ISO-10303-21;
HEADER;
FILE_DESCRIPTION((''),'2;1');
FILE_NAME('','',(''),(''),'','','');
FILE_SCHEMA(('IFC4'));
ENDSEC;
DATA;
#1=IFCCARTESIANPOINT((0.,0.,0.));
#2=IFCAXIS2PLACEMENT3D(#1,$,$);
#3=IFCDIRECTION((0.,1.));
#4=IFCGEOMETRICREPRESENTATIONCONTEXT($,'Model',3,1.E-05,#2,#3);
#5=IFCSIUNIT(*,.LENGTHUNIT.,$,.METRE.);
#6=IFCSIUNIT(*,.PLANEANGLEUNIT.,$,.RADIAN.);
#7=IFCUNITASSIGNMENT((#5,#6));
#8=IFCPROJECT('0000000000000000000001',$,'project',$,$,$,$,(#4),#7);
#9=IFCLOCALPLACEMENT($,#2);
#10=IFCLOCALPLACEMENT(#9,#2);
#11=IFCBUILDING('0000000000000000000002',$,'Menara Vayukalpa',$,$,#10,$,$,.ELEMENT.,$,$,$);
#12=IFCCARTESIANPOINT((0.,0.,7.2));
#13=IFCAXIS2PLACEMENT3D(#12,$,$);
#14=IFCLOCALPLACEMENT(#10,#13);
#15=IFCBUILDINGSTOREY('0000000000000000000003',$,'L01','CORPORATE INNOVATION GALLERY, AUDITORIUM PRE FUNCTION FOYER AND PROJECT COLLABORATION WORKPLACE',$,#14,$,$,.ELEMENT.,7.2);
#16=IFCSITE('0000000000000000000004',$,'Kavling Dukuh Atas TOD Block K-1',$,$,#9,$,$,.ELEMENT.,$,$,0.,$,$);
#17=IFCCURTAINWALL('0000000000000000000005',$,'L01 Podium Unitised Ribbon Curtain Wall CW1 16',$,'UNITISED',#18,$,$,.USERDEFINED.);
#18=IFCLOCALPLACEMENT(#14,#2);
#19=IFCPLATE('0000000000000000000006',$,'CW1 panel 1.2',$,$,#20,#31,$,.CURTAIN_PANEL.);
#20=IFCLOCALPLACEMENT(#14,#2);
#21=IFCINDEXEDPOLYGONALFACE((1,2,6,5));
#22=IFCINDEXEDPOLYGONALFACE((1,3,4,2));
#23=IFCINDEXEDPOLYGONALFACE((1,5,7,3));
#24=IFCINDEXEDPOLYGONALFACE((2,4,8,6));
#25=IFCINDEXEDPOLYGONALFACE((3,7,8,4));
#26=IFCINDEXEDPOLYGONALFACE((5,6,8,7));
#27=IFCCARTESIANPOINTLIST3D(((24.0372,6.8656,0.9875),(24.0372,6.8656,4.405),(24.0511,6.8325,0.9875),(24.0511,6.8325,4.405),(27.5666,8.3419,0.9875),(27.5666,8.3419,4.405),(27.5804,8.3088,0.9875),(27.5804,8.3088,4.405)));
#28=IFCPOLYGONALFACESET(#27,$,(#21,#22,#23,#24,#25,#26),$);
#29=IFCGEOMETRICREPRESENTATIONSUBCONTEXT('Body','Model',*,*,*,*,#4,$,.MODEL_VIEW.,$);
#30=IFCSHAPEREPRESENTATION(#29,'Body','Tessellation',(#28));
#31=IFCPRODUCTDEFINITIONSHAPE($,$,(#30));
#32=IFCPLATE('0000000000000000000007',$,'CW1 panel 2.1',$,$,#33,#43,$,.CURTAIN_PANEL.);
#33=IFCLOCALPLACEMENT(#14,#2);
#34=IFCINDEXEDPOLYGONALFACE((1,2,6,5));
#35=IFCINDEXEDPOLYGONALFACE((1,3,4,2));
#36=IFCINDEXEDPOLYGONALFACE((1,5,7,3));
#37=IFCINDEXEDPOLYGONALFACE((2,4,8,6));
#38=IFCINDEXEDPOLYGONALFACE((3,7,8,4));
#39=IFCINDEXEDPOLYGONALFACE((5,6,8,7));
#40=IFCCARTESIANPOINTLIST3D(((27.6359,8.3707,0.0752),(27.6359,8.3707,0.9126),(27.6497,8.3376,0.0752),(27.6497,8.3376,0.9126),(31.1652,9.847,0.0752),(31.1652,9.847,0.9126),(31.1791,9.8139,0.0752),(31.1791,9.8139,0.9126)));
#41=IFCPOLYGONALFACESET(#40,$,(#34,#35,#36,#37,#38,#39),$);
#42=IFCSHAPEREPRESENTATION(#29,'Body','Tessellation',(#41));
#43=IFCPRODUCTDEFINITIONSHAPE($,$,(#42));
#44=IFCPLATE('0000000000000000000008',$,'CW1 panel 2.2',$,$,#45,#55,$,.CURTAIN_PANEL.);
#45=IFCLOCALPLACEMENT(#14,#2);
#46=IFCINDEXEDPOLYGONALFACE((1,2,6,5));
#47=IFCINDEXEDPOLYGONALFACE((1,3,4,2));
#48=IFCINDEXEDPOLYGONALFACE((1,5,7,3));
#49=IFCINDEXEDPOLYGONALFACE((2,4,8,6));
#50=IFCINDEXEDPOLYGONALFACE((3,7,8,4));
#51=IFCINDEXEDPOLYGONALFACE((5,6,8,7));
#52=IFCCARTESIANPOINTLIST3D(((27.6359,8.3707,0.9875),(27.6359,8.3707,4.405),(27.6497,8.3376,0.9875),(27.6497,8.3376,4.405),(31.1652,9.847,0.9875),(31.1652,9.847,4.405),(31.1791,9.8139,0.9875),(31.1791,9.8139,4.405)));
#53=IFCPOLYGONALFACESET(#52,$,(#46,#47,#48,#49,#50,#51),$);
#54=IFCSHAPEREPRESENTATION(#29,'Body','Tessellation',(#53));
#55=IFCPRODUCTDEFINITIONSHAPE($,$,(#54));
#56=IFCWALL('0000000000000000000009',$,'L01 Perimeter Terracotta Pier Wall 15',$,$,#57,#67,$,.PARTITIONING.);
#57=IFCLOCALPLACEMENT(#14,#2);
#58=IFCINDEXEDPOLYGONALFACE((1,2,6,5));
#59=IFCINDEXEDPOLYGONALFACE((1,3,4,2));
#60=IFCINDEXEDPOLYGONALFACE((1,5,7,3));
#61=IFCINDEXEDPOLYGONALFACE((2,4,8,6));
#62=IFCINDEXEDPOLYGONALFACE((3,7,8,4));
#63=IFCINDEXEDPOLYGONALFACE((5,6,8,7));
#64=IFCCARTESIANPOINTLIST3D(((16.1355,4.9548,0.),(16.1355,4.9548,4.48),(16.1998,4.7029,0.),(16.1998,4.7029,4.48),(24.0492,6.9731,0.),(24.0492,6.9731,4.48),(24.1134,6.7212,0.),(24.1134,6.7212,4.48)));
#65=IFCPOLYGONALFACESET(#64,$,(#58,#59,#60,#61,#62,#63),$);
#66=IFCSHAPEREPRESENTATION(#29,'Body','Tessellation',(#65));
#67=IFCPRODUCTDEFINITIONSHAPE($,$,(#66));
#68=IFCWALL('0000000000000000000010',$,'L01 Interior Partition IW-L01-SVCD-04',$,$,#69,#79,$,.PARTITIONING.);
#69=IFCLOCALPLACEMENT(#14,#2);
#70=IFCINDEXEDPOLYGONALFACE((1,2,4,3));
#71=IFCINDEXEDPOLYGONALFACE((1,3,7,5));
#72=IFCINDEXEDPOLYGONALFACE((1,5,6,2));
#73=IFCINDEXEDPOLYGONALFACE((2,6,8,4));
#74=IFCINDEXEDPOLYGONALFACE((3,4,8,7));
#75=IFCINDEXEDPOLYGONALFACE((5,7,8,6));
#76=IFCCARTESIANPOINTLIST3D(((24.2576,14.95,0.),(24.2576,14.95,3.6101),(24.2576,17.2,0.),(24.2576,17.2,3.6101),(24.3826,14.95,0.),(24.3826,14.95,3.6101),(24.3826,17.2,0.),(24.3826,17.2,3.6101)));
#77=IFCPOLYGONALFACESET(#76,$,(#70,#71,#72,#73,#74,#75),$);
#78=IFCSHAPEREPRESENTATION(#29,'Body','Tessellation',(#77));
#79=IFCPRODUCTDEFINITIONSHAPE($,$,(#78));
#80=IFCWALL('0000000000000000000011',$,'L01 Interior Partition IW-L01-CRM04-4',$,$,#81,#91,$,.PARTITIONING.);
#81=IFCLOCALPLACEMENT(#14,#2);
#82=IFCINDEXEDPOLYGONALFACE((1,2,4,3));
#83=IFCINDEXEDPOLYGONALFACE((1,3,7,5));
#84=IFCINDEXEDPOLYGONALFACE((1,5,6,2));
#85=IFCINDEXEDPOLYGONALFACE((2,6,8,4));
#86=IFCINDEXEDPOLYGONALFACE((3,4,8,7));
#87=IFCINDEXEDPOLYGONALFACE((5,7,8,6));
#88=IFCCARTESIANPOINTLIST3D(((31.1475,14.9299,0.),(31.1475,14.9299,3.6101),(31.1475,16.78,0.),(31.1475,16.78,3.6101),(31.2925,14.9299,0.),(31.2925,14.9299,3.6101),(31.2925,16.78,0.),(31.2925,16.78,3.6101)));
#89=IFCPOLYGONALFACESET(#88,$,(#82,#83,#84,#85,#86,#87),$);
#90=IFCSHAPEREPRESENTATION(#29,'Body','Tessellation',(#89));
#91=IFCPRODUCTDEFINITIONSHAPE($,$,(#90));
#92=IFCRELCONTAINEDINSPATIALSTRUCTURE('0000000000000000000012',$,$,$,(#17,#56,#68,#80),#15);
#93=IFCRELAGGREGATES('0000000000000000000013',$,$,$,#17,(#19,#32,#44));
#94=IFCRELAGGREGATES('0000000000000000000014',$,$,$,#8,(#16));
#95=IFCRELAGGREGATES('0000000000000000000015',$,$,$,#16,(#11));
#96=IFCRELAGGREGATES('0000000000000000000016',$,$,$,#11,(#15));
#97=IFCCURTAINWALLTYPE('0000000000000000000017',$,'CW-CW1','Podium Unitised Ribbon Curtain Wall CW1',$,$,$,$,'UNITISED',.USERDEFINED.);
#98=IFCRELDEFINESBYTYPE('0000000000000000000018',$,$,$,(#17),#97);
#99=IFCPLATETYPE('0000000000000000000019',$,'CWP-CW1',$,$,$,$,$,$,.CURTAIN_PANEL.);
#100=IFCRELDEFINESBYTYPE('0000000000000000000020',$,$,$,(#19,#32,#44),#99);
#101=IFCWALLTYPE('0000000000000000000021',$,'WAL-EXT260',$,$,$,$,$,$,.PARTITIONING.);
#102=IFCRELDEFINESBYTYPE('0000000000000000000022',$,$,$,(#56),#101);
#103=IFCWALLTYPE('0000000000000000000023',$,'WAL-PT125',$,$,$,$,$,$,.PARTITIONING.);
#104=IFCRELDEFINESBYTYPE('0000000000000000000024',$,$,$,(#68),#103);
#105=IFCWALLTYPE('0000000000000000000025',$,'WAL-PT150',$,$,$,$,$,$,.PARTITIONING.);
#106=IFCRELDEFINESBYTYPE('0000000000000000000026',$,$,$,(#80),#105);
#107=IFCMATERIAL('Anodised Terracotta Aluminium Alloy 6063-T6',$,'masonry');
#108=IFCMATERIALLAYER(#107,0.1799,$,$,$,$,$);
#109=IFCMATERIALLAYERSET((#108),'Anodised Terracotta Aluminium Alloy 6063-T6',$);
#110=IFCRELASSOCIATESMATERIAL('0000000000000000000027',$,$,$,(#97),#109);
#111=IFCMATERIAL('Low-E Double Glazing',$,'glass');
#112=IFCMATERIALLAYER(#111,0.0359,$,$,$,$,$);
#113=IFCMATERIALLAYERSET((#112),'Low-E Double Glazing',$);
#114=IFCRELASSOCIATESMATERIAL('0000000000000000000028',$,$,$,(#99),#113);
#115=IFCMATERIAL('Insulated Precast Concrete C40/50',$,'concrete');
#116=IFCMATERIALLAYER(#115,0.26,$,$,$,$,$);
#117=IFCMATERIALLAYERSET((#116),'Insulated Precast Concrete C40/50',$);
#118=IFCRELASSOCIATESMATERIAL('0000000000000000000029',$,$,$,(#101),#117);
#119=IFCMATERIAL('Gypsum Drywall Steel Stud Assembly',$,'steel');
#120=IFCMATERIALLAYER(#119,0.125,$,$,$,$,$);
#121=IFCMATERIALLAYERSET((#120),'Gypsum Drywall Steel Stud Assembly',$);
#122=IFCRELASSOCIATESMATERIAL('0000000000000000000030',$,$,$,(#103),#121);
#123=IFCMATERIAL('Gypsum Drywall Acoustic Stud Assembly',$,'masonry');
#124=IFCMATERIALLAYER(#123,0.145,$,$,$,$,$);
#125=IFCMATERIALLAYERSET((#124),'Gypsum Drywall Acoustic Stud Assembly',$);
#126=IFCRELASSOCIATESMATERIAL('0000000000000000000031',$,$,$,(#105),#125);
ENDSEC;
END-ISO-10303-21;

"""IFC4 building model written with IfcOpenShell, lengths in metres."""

from ifc_helpers import new_model, si_unit, direction, frame, frame_2d, origin, origin_2d, place, context, subcontext, project, spatial, rectangle, extrude, material, layer, layer_set, type_object, element, aggregate, save


model = new_model("IFC4")

# Units and contexts
model_context = context("Model", 3, precision=1e-05, world=origin(), true_north=direction((0.0, 1.0)))
body_context = subcontext(model_context, "Body", "Model", "MODEL_VIEW")
ifc_project = project(units=[si_unit("LENGTHUNIT", "METRE"), si_unit("PLANEANGLEUNIT", "RADIAN")], contexts=[model_context])

# Site, building, storey
site_placement = place(None, origin())
site = spatial("IfcSite", under=ifc_project, at=site_placement, Name="Kavling Dukuh Atas TOD Block K-1", CompositionType="ELEMENT", RefElevation=0.0)
building_placement = place(site_placement, origin())
building = spatial("IfcBuilding", under=site, at=building_placement, Name="Menara Vayukalpa", CompositionType="ELEMENT")
storey_placement = place(building_placement, frame((0.0, 0.0, 7.2)))
storey = spatial("IfcBuildingStorey", under=building, at=storey_placement, Name="L01", Description="CORPORATE INNOVATION GALLERY, AUDITORIUM PRE FUNCTION FOYER AND PROJECT COLLABORATION WORKPLACE", CompositionType="ELEMENT", Elevation=7.2)

# Curtain wall
ifc_material_1 = material(Name="Anodised Terracotta Aluminium Alloy 6063-T6", Category="masonry")
ifc_layer_1 = layer(ifc_material_1, 0.1799)
ifc_layer_set_1 = layer_set([ifc_layer_1], Name="Anodised Terracotta Aluminium Alloy 6063-T6")
curtain_wall_type = type_object("IfcCurtainWallType", Name="CW-CW1", Description="Podium Unitised Ribbon Curtain Wall CW1", ElementType="UNITISED", PredefinedType="USERDEFINED", material=ifc_layer_set_1)
curtain_wall_1_placement = place(storey_placement, origin())
curtain_wall_1 = element("IfcCurtainWall", 1, at=curtain_wall_1_placement, inside=storey, type_object=curtain_wall_type, Name="L01 Podium Unitised Ribbon Curtain Wall CW1 16", ObjectType="UNITISED", PredefinedType="USERDEFINED")

# Plates
ifc_material_2 = material(Name="Low-E Double Glazing", Category="glass")
ifc_layer_2 = layer(ifc_material_2, 0.0359)
ifc_layer_set_2 = layer_set([ifc_layer_2], Name="Low-E Double Glazing")
plate_type = type_object("IfcPlateType", Name="CWP-CW1", PredefinedType="CURTAIN_PANEL", material=ifc_layer_set_2)
plate_1_placement = place(storey_placement, frame((25.8088, 7.5872, 0.9875), z_axis=(0.0, 0.0, 1.0), x_axis=(0.922545, 0.385891, 0.0)))
plate_1 = element("IfcPlate", 2, at=plate_1_placement, type_object=plate_type, Name="CW1 panel 1.2", PredefinedType="CURTAIN_PANEL", context=body_context, shape_type="SweptSolid", body=[
    extrude(rectangle(XDim=3.8257, YDim=0.0359, at=origin_2d()), origin(), (0.0, 0.0, 1.0), 3.4175),
])
plate_2_placement = place(storey_placement, frame((29.4075, 9.0923, 0.0752), z_axis=(0.0, 0.0, 1.0), x_axis=(0.922545, 0.385891, 0.0)))
plate_2 = element("IfcPlate", 3, at=plate_2_placement, type_object=plate_type, Name="CW1 panel 2.1", PredefinedType="CURTAIN_PANEL", context=body_context, shape_type="SweptSolid", body=[
    extrude(rectangle(XDim=3.8257, YDim=0.0359, at=origin_2d()), origin(), (0.0, 0.0, 1.0), 0.8374),
])
plate_3_placement = place(storey_placement, frame((29.4075, 9.0923, 0.9875), z_axis=(0.0, 0.0, 1.0), x_axis=(0.922545, 0.385891, 0.0)))
plate_3 = element("IfcPlate", 4, at=plate_3_placement, type_object=plate_type, Name="CW1 panel 2.2", PredefinedType="CURTAIN_PANEL", context=body_context, shape_type="SweptSolid", body=[
    extrude(rectangle(XDim=3.8257, YDim=0.0359, at=origin_2d()), origin(), (0.0, 0.0, 1.0), 3.4175),
])
aggregate(curtain_wall_1, [plate_1, plate_2, plate_3])

# Walls
ifc_material_3 = material(Name="Insulated Precast Concrete C40/50", Category="concrete")
ifc_layer_3 = layer(ifc_material_3, 0.26)
ifc_layer_set_3 = layer_set([ifc_layer_3], Name="Insulated Precast Concrete C40/50")
wall_type_1 = type_object("IfcWallType", Name="WAL-EXT260", PredefinedType="PARTITIONING", material=ifc_layer_set_3)
wall_1_placement = place(storey_placement, frame((24.0813, 6.8472, 0.0), z_axis=(0.0, 0.0, 1.0), x_axis=(-0.968982, -0.247133, 0.0)))
element("IfcWall", 5, at=wall_1_placement, inside=storey, type_object=wall_type_1, Name="L01 Perimeter Terracotta Pier Wall 15", PredefinedType="PARTITIONING", context=body_context, shape_type="SweptSolid", body=[
    extrude(rectangle(XDim=8.167, YDim=0.26, at=frame_2d((4.0835, 0.0))), origin(), (0.0, 0.0, 1.0), 4.48),
])
ifc_material_4 = material(Name="Gypsum Drywall Steel Stud Assembly", Category="steel")
ifc_layer_4 = layer(ifc_material_4, 0.125)
ifc_layer_set_4 = layer_set([ifc_layer_4], Name="Gypsum Drywall Steel Stud Assembly")
wall_type_2 = type_object("IfcWallType", Name="WAL-PT125", PredefinedType="PARTITIONING", material=ifc_layer_set_4)
wall_2_placement = place(storey_placement, frame((24.3201, 14.95, 0.0), z_axis=(0.0, 0.0, 1.0), x_axis=(0.0, 1.0, 0.0)))
element("IfcWall", 6, at=wall_2_placement, inside=storey, type_object=wall_type_2, Name="L01 Interior Partition IW-L01-SVCD-04", PredefinedType="PARTITIONING", context=body_context, shape_type="SweptSolid", body=[
    extrude(rectangle(XDim=2.25, YDim=0.125, at=frame_2d((1.125, 0.0))), origin(), (0.0, 0.0, 1.0), 3.6101),
])
ifc_material_5 = material(Name="Gypsum Drywall Acoustic Stud Assembly", Category="masonry")
ifc_layer_5 = layer(ifc_material_5, 0.145)
ifc_layer_set_5 = layer_set([ifc_layer_5], Name="Gypsum Drywall Acoustic Stud Assembly")
wall_type_3 = type_object("IfcWallType", Name="WAL-PT150", PredefinedType="PARTITIONING", material=ifc_layer_set_5)
wall_3_placement = place(storey_placement, frame((31.22, 14.9299, 0.0), z_axis=(0.0, 0.0, 1.0), x_axis=(0.0, 1.0, 0.0)))
element("IfcWall", 7, at=wall_3_placement, inside=storey, type_object=wall_type_3, Name="L01 Interior Partition IW-L01-CRM04-4", PredefinedType="PARTITIONING", context=body_context, shape_type="SweptSolid", body=[
    extrude(rectangle(XDim=1.8501, YDim=0.145, at=frame_2d((0.925, 0.0))), origin(), (0.0, 0.0, 1.0), 3.6101),
])

save(model, "model.ifc")
